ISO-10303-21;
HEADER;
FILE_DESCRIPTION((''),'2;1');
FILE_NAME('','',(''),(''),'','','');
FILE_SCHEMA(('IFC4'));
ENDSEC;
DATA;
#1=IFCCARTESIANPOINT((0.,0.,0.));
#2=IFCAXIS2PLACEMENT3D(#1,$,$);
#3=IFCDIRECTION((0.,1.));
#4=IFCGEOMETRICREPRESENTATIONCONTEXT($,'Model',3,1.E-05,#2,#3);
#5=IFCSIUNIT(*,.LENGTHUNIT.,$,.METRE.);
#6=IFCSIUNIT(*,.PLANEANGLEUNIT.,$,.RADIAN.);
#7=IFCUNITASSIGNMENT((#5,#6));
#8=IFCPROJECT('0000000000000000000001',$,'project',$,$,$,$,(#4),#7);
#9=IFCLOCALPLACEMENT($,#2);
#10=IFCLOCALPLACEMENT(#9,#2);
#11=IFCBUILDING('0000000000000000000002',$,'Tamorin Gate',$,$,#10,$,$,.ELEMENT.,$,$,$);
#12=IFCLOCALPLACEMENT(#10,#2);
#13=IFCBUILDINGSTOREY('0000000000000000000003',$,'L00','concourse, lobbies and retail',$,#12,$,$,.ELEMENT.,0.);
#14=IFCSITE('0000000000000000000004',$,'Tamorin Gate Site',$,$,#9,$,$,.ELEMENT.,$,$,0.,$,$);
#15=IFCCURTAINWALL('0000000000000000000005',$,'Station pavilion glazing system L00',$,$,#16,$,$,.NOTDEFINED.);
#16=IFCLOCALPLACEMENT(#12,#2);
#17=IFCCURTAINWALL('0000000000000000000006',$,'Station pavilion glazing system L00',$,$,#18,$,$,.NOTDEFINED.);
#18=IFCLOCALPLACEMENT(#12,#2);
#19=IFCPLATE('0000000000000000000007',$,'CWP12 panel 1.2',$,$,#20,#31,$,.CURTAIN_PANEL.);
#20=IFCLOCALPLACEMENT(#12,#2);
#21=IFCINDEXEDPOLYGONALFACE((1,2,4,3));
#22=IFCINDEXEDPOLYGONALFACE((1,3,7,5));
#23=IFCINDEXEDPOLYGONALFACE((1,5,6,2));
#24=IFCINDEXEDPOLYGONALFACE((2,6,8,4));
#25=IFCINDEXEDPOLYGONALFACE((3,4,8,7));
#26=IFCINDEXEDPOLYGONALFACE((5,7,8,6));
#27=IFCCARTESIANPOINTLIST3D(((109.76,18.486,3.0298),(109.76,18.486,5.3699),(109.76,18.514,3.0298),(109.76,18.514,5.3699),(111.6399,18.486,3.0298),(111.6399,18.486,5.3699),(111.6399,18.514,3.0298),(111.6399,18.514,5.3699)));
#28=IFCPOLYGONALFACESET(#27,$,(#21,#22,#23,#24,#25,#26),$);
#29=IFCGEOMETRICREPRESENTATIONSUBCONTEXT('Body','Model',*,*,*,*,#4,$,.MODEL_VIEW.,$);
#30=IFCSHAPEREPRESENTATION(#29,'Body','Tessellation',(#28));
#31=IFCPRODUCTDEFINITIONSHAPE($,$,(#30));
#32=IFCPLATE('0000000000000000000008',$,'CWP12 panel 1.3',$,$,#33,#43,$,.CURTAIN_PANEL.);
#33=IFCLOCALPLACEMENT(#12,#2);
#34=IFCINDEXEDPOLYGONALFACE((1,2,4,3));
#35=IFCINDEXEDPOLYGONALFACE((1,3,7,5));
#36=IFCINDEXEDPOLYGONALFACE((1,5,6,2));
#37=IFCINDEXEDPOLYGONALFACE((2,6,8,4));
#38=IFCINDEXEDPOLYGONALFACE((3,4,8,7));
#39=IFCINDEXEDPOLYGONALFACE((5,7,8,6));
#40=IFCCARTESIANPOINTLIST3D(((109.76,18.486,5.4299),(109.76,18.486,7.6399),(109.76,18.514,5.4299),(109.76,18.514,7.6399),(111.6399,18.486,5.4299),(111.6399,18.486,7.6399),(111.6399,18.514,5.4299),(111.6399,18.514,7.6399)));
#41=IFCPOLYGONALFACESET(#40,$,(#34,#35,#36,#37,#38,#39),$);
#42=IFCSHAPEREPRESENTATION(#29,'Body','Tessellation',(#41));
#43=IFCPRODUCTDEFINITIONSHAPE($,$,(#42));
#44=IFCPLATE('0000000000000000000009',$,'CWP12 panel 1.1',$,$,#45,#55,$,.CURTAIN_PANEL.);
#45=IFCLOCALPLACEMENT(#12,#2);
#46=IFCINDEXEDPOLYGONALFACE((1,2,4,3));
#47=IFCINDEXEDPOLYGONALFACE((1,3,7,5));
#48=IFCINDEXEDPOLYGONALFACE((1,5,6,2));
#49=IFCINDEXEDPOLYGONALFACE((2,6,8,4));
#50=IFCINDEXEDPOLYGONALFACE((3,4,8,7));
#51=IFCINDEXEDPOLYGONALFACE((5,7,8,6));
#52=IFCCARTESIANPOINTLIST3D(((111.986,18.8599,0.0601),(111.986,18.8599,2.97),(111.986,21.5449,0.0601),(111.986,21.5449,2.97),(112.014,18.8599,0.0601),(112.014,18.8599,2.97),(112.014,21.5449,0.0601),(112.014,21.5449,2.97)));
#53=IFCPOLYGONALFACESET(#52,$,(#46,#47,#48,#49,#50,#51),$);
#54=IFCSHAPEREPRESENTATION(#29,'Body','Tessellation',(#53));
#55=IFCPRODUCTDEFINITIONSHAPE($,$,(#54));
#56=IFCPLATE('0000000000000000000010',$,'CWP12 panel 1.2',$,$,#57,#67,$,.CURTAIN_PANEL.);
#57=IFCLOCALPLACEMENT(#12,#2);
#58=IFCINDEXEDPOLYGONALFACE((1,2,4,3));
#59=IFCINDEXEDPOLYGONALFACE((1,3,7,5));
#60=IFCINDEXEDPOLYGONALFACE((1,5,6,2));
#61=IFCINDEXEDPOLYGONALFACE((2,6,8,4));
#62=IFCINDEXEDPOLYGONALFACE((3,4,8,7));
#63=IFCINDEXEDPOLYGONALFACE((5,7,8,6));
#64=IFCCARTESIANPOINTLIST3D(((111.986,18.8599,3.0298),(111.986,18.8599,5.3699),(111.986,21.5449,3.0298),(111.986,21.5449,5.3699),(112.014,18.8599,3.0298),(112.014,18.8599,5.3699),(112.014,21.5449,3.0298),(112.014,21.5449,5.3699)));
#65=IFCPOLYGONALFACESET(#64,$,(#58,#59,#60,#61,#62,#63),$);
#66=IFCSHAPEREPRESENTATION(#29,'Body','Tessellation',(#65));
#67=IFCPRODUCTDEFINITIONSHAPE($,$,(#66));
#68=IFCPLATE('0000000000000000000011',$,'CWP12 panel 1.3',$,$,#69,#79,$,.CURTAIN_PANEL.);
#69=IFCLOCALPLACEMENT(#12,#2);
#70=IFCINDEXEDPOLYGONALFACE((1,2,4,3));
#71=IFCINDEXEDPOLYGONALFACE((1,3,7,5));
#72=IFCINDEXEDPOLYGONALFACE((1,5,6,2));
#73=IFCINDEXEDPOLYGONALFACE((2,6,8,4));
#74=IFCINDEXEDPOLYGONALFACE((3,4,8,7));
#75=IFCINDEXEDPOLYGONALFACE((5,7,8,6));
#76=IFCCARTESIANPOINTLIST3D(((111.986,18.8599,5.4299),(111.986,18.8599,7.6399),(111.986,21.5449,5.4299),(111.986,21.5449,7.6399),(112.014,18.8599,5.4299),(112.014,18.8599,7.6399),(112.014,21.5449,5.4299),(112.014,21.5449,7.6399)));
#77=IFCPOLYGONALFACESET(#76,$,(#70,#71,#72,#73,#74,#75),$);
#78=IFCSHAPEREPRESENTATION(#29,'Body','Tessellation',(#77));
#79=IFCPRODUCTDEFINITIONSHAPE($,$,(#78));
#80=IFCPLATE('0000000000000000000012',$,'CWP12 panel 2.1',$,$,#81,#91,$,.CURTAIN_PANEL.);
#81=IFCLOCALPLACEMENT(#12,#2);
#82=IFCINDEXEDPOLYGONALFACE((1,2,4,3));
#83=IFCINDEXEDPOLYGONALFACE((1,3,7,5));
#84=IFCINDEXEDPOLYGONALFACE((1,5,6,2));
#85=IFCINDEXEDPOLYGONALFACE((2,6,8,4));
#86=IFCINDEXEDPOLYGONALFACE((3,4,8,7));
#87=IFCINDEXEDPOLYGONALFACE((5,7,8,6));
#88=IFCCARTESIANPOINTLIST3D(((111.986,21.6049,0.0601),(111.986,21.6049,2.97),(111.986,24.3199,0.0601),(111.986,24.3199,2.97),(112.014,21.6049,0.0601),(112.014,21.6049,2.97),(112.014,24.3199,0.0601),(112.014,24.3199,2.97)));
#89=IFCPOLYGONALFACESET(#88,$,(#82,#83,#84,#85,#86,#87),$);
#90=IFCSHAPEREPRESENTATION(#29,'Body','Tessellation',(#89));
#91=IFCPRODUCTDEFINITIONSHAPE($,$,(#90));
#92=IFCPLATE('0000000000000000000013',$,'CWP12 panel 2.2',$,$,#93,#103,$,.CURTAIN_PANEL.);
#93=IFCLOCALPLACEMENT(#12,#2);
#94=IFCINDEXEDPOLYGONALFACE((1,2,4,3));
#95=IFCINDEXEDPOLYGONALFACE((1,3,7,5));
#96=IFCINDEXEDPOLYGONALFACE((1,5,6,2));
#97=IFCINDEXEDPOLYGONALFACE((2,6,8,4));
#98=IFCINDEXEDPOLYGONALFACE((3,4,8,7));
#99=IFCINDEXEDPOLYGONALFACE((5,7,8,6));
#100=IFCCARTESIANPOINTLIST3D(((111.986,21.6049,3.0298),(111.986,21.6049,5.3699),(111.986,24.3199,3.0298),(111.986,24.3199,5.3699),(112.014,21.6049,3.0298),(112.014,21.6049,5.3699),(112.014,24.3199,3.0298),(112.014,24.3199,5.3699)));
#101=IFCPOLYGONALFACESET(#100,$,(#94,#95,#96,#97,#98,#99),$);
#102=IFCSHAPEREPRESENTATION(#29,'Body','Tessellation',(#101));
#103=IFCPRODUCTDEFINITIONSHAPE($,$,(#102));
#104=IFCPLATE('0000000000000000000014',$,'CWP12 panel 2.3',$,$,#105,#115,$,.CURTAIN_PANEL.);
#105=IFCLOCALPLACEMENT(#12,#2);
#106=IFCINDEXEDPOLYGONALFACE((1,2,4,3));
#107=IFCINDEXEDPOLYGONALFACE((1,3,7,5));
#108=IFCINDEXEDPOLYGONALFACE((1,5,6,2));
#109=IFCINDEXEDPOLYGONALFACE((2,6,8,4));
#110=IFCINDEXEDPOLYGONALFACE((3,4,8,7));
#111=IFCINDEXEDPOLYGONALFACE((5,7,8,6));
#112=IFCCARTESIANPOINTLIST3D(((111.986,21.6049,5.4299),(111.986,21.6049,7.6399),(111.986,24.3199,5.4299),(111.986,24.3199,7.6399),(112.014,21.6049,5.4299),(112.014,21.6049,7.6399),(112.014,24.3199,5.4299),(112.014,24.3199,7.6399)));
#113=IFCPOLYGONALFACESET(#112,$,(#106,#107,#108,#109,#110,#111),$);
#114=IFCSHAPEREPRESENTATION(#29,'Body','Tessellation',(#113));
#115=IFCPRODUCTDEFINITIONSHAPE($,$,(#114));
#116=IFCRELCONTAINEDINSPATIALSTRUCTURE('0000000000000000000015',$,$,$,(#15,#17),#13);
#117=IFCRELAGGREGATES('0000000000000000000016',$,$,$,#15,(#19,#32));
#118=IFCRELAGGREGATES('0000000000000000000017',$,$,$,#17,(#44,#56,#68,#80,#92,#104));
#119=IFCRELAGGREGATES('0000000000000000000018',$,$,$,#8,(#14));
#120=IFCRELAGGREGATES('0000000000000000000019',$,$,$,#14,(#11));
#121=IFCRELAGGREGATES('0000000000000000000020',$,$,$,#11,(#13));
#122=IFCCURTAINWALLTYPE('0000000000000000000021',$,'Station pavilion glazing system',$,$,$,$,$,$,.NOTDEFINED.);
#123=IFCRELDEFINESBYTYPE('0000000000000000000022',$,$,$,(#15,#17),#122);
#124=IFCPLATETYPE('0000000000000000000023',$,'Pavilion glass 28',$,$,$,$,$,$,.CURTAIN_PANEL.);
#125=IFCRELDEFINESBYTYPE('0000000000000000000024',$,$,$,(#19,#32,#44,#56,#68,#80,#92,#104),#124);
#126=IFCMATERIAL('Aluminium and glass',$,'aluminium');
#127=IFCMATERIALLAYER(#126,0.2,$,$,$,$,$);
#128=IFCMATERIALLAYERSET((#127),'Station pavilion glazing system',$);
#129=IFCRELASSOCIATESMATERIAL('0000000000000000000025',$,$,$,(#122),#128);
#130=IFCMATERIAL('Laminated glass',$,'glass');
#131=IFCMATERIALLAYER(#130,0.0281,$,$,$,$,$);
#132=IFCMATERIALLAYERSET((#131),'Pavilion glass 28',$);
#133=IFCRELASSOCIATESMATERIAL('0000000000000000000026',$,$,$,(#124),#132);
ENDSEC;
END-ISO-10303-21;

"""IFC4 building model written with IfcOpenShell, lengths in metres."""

from ifc_helpers import new_model, si_unit, direction, frame, origin, origin_2d, place, context, subcontext, project, spatial, rectangle, extrude, material, layer, layer_set, type_object, element, aggregate, save


model = new_model("IFC4")

# Units and contexts
model_context = context("Model", 3, precision=1e-05, world=origin(), true_north=direction((0.0, 1.0)))
body_context = subcontext(model_context, "Body", "Model", "MODEL_VIEW")
ifc_project = project(units=[si_unit("LENGTHUNIT", "METRE"), si_unit("PLANEANGLEUNIT", "RADIAN")], contexts=[model_context])

# Site, building, storey
site_placement = place(None, origin())
site = spatial("IfcSite", under=ifc_project, at=site_placement, Name="Tamorin Gate Site", CompositionType="ELEMENT", RefElevation=0.0)
building_placement = place(site_placement, origin())
building = spatial("IfcBuilding", under=site, at=building_placement, Name="Tamorin Gate", CompositionType="ELEMENT")
storey_placement = place(building_placement, origin())
storey = spatial("IfcBuildingStorey", under=building, at=storey_placement, Name="L00", Description="concourse, lobbies and retail", CompositionType="ELEMENT", Elevation=0.0)

# Curtain wall
ifc_material_1 = material(Name="Aluminium and glass", Category="aluminium")
ifc_layer_1 = layer(ifc_material_1, 0.2)
ifc_layer_set_1 = layer_set([ifc_layer_1], Name="Station pavilion glazing system")
curtain_wall_type = type_object("IfcCurtainWallType", Name="Station pavilion glazing system", PredefinedType="NOTDEFINED", material=ifc_layer_set_1)
curtain_wall_1_placement = place(storey_placement, origin())
curtain_wall_1 = element("IfcCurtainWall", 1, at=curtain_wall_1_placement, inside=storey, type_object=curtain_wall_type, Name="Station pavilion glazing system L00", PredefinedType="NOTDEFINED")

# Curtain wall
curtain_wall_2_placement = place(storey_placement, origin())
curtain_wall_2 = element("IfcCurtainWall", 2, at=curtain_wall_2_placement, inside=storey, type_object=curtain_wall_type, Name="Station pavilion glazing system L00", PredefinedType="NOTDEFINED")

# Plates
ifc_material_2 = material(Name="Laminated glass", Category="glass")
ifc_layer_2 = layer(ifc_material_2, 0.0281)
ifc_layer_set_2 = layer_set([ifc_layer_2], Name="Pavilion glass 28")
plate_type = type_object("IfcPlateType", Name="Pavilion glass 28", PredefinedType="CURTAIN_PANEL", material=ifc_layer_set_2)
plate_1_placement = place(storey_placement, frame((110.7, 18.5, 3.0298), z_axis=(0.0, 0.0, 1.0), x_axis=(1.0, 0.0, 0.0)))
plate_1 = element("IfcPlate", 3, at=plate_1_placement, type_object=plate_type, Name="CWP12 panel 1.2", PredefinedType="CURTAIN_PANEL", context=body_context, shape_type="SweptSolid", body=[
    extrude(rectangle(XDim=1.8799, YDim=0.0281, at=origin_2d()), origin(), (0.0, 0.0, 1.0), 2.3401),
])
plate_2_placement = place(storey_placement, frame((110.7, 18.5, 5.4299), z_axis=(0.0, 0.0, 1.0), x_axis=(1.0, 0.0, 0.0)))
plate_2 = element("IfcPlate", 4, at=plate_2_placement, type_object=plate_type, Name="CWP12 panel 1.3", PredefinedType="CURTAIN_PANEL", context=body_context, shape_type="SweptSolid", body=[
    extrude(rectangle(XDim=1.8799, YDim=0.0281, at=origin_2d()), origin(), (0.0, 0.0, 1.0), 2.21),
])
aggregate(curtain_wall_1, [plate_1, plate_2])
plate_3_placement = place(storey_placement, frame((112.0, 20.2024, 0.0601), z_axis=(0.0, 0.0, 1.0), x_axis=(0.0, 1.0, 0.0)))
plate_3 = element("IfcPlate", 5, at=plate_3_placement, type_object=plate_type, Name="CWP12 panel 1.1", PredefinedType="CURTAIN_PANEL", context=body_context, shape_type="SweptSolid", body=[
    extrude(rectangle(XDim=2.6851, YDim=0.0281, at=origin_2d()), origin(), (0.0, 0.0, 1.0), 2.9099),
])
plate_4_placement = place(storey_placement, frame((112.0, 20.2024, 3.0298), z_axis=(0.0, 0.0, 1.0), x_axis=(0.0, 1.0, 0.0)))
plate_4 = element("IfcPlate", 6, at=plate_4_placement, type_object=plate_type, Name="CWP12 panel 1.2", PredefinedType="CURTAIN_PANEL", context=body_context, shape_type="SweptSolid", body=[
    extrude(rectangle(XDim=2.6851, YDim=0.0281, at=origin_2d()), origin(), (0.0, 0.0, 1.0), 2.3401),
])
plate_5_placement = place(storey_placement, frame((112.0, 20.2024, 5.4299), z_axis=(0.0, 0.0, 1.0), x_axis=(0.0, 1.0, 0.0)))
plate_5 = element("IfcPlate", 7, at=plate_5_placement, type_object=plate_type, Name="CWP12 panel 1.3", PredefinedType="CURTAIN_PANEL", context=body_context, shape_type="SweptSolid", body=[
    extrude(rectangle(XDim=2.6851, YDim=0.0281, at=origin_2d()), origin(), (0.0, 0.0, 1.0), 2.21),
])
plate_6_placement = place(storey_placement, frame((112.0, 22.9624, 0.0601), z_axis=(0.0, 0.0, 1.0), x_axis=(0.0, 1.0, 0.0)))
plate_6 = element("IfcPlate", 8, at=plate_6_placement, type_object=plate_type, Name="CWP12 panel 2.1", PredefinedType="CURTAIN_PANEL", context=body_context, shape_type="SweptSolid", body=[
    extrude(rectangle(XDim=2.7151, YDim=0.0281, at=origin_2d()), origin(), (0.0, 0.0, 1.0), 2.9099),
])
plate_7_placement = place(storey_placement, frame((112.0, 22.9624, 3.0298), z_axis=(0.0, 0.0, 1.0), x_axis=(0.0, 1.0, 0.0)))
plate_7 = element("IfcPlate", 9, at=plate_7_placement, type_object=plate_type, Name="CWP12 panel 2.2", PredefinedType="CURTAIN_PANEL", context=body_context, shape_type="SweptSolid", body=[
    extrude(rectangle(XDim=2.7151, YDim=0.0281, at=origin_2d()), origin(), (0.0, 0.0, 1.0), 2.3401),
])
plate_8_placement = place(storey_placement, frame((112.0, 22.9624, 5.4299), z_axis=(0.0, 0.0, 1.0), x_axis=(0.0, 1.0, 0.0)))
plate_8 = element("IfcPlate", 10, at=plate_8_placement, type_object=plate_type, Name="CWP12 panel 2.3", PredefinedType="CURTAIN_PANEL", context=body_context, shape_type="SweptSolid", body=[
    extrude(rectangle(XDim=2.7151, YDim=0.0281, at=origin_2d()), origin(), (0.0, 0.0, 1.0), 2.21),
])
aggregate(curtain_wall_2, [plate_3, plate_4, plate_5, plate_6, plate_7, plate_8])

save(model, "model.ifc")
